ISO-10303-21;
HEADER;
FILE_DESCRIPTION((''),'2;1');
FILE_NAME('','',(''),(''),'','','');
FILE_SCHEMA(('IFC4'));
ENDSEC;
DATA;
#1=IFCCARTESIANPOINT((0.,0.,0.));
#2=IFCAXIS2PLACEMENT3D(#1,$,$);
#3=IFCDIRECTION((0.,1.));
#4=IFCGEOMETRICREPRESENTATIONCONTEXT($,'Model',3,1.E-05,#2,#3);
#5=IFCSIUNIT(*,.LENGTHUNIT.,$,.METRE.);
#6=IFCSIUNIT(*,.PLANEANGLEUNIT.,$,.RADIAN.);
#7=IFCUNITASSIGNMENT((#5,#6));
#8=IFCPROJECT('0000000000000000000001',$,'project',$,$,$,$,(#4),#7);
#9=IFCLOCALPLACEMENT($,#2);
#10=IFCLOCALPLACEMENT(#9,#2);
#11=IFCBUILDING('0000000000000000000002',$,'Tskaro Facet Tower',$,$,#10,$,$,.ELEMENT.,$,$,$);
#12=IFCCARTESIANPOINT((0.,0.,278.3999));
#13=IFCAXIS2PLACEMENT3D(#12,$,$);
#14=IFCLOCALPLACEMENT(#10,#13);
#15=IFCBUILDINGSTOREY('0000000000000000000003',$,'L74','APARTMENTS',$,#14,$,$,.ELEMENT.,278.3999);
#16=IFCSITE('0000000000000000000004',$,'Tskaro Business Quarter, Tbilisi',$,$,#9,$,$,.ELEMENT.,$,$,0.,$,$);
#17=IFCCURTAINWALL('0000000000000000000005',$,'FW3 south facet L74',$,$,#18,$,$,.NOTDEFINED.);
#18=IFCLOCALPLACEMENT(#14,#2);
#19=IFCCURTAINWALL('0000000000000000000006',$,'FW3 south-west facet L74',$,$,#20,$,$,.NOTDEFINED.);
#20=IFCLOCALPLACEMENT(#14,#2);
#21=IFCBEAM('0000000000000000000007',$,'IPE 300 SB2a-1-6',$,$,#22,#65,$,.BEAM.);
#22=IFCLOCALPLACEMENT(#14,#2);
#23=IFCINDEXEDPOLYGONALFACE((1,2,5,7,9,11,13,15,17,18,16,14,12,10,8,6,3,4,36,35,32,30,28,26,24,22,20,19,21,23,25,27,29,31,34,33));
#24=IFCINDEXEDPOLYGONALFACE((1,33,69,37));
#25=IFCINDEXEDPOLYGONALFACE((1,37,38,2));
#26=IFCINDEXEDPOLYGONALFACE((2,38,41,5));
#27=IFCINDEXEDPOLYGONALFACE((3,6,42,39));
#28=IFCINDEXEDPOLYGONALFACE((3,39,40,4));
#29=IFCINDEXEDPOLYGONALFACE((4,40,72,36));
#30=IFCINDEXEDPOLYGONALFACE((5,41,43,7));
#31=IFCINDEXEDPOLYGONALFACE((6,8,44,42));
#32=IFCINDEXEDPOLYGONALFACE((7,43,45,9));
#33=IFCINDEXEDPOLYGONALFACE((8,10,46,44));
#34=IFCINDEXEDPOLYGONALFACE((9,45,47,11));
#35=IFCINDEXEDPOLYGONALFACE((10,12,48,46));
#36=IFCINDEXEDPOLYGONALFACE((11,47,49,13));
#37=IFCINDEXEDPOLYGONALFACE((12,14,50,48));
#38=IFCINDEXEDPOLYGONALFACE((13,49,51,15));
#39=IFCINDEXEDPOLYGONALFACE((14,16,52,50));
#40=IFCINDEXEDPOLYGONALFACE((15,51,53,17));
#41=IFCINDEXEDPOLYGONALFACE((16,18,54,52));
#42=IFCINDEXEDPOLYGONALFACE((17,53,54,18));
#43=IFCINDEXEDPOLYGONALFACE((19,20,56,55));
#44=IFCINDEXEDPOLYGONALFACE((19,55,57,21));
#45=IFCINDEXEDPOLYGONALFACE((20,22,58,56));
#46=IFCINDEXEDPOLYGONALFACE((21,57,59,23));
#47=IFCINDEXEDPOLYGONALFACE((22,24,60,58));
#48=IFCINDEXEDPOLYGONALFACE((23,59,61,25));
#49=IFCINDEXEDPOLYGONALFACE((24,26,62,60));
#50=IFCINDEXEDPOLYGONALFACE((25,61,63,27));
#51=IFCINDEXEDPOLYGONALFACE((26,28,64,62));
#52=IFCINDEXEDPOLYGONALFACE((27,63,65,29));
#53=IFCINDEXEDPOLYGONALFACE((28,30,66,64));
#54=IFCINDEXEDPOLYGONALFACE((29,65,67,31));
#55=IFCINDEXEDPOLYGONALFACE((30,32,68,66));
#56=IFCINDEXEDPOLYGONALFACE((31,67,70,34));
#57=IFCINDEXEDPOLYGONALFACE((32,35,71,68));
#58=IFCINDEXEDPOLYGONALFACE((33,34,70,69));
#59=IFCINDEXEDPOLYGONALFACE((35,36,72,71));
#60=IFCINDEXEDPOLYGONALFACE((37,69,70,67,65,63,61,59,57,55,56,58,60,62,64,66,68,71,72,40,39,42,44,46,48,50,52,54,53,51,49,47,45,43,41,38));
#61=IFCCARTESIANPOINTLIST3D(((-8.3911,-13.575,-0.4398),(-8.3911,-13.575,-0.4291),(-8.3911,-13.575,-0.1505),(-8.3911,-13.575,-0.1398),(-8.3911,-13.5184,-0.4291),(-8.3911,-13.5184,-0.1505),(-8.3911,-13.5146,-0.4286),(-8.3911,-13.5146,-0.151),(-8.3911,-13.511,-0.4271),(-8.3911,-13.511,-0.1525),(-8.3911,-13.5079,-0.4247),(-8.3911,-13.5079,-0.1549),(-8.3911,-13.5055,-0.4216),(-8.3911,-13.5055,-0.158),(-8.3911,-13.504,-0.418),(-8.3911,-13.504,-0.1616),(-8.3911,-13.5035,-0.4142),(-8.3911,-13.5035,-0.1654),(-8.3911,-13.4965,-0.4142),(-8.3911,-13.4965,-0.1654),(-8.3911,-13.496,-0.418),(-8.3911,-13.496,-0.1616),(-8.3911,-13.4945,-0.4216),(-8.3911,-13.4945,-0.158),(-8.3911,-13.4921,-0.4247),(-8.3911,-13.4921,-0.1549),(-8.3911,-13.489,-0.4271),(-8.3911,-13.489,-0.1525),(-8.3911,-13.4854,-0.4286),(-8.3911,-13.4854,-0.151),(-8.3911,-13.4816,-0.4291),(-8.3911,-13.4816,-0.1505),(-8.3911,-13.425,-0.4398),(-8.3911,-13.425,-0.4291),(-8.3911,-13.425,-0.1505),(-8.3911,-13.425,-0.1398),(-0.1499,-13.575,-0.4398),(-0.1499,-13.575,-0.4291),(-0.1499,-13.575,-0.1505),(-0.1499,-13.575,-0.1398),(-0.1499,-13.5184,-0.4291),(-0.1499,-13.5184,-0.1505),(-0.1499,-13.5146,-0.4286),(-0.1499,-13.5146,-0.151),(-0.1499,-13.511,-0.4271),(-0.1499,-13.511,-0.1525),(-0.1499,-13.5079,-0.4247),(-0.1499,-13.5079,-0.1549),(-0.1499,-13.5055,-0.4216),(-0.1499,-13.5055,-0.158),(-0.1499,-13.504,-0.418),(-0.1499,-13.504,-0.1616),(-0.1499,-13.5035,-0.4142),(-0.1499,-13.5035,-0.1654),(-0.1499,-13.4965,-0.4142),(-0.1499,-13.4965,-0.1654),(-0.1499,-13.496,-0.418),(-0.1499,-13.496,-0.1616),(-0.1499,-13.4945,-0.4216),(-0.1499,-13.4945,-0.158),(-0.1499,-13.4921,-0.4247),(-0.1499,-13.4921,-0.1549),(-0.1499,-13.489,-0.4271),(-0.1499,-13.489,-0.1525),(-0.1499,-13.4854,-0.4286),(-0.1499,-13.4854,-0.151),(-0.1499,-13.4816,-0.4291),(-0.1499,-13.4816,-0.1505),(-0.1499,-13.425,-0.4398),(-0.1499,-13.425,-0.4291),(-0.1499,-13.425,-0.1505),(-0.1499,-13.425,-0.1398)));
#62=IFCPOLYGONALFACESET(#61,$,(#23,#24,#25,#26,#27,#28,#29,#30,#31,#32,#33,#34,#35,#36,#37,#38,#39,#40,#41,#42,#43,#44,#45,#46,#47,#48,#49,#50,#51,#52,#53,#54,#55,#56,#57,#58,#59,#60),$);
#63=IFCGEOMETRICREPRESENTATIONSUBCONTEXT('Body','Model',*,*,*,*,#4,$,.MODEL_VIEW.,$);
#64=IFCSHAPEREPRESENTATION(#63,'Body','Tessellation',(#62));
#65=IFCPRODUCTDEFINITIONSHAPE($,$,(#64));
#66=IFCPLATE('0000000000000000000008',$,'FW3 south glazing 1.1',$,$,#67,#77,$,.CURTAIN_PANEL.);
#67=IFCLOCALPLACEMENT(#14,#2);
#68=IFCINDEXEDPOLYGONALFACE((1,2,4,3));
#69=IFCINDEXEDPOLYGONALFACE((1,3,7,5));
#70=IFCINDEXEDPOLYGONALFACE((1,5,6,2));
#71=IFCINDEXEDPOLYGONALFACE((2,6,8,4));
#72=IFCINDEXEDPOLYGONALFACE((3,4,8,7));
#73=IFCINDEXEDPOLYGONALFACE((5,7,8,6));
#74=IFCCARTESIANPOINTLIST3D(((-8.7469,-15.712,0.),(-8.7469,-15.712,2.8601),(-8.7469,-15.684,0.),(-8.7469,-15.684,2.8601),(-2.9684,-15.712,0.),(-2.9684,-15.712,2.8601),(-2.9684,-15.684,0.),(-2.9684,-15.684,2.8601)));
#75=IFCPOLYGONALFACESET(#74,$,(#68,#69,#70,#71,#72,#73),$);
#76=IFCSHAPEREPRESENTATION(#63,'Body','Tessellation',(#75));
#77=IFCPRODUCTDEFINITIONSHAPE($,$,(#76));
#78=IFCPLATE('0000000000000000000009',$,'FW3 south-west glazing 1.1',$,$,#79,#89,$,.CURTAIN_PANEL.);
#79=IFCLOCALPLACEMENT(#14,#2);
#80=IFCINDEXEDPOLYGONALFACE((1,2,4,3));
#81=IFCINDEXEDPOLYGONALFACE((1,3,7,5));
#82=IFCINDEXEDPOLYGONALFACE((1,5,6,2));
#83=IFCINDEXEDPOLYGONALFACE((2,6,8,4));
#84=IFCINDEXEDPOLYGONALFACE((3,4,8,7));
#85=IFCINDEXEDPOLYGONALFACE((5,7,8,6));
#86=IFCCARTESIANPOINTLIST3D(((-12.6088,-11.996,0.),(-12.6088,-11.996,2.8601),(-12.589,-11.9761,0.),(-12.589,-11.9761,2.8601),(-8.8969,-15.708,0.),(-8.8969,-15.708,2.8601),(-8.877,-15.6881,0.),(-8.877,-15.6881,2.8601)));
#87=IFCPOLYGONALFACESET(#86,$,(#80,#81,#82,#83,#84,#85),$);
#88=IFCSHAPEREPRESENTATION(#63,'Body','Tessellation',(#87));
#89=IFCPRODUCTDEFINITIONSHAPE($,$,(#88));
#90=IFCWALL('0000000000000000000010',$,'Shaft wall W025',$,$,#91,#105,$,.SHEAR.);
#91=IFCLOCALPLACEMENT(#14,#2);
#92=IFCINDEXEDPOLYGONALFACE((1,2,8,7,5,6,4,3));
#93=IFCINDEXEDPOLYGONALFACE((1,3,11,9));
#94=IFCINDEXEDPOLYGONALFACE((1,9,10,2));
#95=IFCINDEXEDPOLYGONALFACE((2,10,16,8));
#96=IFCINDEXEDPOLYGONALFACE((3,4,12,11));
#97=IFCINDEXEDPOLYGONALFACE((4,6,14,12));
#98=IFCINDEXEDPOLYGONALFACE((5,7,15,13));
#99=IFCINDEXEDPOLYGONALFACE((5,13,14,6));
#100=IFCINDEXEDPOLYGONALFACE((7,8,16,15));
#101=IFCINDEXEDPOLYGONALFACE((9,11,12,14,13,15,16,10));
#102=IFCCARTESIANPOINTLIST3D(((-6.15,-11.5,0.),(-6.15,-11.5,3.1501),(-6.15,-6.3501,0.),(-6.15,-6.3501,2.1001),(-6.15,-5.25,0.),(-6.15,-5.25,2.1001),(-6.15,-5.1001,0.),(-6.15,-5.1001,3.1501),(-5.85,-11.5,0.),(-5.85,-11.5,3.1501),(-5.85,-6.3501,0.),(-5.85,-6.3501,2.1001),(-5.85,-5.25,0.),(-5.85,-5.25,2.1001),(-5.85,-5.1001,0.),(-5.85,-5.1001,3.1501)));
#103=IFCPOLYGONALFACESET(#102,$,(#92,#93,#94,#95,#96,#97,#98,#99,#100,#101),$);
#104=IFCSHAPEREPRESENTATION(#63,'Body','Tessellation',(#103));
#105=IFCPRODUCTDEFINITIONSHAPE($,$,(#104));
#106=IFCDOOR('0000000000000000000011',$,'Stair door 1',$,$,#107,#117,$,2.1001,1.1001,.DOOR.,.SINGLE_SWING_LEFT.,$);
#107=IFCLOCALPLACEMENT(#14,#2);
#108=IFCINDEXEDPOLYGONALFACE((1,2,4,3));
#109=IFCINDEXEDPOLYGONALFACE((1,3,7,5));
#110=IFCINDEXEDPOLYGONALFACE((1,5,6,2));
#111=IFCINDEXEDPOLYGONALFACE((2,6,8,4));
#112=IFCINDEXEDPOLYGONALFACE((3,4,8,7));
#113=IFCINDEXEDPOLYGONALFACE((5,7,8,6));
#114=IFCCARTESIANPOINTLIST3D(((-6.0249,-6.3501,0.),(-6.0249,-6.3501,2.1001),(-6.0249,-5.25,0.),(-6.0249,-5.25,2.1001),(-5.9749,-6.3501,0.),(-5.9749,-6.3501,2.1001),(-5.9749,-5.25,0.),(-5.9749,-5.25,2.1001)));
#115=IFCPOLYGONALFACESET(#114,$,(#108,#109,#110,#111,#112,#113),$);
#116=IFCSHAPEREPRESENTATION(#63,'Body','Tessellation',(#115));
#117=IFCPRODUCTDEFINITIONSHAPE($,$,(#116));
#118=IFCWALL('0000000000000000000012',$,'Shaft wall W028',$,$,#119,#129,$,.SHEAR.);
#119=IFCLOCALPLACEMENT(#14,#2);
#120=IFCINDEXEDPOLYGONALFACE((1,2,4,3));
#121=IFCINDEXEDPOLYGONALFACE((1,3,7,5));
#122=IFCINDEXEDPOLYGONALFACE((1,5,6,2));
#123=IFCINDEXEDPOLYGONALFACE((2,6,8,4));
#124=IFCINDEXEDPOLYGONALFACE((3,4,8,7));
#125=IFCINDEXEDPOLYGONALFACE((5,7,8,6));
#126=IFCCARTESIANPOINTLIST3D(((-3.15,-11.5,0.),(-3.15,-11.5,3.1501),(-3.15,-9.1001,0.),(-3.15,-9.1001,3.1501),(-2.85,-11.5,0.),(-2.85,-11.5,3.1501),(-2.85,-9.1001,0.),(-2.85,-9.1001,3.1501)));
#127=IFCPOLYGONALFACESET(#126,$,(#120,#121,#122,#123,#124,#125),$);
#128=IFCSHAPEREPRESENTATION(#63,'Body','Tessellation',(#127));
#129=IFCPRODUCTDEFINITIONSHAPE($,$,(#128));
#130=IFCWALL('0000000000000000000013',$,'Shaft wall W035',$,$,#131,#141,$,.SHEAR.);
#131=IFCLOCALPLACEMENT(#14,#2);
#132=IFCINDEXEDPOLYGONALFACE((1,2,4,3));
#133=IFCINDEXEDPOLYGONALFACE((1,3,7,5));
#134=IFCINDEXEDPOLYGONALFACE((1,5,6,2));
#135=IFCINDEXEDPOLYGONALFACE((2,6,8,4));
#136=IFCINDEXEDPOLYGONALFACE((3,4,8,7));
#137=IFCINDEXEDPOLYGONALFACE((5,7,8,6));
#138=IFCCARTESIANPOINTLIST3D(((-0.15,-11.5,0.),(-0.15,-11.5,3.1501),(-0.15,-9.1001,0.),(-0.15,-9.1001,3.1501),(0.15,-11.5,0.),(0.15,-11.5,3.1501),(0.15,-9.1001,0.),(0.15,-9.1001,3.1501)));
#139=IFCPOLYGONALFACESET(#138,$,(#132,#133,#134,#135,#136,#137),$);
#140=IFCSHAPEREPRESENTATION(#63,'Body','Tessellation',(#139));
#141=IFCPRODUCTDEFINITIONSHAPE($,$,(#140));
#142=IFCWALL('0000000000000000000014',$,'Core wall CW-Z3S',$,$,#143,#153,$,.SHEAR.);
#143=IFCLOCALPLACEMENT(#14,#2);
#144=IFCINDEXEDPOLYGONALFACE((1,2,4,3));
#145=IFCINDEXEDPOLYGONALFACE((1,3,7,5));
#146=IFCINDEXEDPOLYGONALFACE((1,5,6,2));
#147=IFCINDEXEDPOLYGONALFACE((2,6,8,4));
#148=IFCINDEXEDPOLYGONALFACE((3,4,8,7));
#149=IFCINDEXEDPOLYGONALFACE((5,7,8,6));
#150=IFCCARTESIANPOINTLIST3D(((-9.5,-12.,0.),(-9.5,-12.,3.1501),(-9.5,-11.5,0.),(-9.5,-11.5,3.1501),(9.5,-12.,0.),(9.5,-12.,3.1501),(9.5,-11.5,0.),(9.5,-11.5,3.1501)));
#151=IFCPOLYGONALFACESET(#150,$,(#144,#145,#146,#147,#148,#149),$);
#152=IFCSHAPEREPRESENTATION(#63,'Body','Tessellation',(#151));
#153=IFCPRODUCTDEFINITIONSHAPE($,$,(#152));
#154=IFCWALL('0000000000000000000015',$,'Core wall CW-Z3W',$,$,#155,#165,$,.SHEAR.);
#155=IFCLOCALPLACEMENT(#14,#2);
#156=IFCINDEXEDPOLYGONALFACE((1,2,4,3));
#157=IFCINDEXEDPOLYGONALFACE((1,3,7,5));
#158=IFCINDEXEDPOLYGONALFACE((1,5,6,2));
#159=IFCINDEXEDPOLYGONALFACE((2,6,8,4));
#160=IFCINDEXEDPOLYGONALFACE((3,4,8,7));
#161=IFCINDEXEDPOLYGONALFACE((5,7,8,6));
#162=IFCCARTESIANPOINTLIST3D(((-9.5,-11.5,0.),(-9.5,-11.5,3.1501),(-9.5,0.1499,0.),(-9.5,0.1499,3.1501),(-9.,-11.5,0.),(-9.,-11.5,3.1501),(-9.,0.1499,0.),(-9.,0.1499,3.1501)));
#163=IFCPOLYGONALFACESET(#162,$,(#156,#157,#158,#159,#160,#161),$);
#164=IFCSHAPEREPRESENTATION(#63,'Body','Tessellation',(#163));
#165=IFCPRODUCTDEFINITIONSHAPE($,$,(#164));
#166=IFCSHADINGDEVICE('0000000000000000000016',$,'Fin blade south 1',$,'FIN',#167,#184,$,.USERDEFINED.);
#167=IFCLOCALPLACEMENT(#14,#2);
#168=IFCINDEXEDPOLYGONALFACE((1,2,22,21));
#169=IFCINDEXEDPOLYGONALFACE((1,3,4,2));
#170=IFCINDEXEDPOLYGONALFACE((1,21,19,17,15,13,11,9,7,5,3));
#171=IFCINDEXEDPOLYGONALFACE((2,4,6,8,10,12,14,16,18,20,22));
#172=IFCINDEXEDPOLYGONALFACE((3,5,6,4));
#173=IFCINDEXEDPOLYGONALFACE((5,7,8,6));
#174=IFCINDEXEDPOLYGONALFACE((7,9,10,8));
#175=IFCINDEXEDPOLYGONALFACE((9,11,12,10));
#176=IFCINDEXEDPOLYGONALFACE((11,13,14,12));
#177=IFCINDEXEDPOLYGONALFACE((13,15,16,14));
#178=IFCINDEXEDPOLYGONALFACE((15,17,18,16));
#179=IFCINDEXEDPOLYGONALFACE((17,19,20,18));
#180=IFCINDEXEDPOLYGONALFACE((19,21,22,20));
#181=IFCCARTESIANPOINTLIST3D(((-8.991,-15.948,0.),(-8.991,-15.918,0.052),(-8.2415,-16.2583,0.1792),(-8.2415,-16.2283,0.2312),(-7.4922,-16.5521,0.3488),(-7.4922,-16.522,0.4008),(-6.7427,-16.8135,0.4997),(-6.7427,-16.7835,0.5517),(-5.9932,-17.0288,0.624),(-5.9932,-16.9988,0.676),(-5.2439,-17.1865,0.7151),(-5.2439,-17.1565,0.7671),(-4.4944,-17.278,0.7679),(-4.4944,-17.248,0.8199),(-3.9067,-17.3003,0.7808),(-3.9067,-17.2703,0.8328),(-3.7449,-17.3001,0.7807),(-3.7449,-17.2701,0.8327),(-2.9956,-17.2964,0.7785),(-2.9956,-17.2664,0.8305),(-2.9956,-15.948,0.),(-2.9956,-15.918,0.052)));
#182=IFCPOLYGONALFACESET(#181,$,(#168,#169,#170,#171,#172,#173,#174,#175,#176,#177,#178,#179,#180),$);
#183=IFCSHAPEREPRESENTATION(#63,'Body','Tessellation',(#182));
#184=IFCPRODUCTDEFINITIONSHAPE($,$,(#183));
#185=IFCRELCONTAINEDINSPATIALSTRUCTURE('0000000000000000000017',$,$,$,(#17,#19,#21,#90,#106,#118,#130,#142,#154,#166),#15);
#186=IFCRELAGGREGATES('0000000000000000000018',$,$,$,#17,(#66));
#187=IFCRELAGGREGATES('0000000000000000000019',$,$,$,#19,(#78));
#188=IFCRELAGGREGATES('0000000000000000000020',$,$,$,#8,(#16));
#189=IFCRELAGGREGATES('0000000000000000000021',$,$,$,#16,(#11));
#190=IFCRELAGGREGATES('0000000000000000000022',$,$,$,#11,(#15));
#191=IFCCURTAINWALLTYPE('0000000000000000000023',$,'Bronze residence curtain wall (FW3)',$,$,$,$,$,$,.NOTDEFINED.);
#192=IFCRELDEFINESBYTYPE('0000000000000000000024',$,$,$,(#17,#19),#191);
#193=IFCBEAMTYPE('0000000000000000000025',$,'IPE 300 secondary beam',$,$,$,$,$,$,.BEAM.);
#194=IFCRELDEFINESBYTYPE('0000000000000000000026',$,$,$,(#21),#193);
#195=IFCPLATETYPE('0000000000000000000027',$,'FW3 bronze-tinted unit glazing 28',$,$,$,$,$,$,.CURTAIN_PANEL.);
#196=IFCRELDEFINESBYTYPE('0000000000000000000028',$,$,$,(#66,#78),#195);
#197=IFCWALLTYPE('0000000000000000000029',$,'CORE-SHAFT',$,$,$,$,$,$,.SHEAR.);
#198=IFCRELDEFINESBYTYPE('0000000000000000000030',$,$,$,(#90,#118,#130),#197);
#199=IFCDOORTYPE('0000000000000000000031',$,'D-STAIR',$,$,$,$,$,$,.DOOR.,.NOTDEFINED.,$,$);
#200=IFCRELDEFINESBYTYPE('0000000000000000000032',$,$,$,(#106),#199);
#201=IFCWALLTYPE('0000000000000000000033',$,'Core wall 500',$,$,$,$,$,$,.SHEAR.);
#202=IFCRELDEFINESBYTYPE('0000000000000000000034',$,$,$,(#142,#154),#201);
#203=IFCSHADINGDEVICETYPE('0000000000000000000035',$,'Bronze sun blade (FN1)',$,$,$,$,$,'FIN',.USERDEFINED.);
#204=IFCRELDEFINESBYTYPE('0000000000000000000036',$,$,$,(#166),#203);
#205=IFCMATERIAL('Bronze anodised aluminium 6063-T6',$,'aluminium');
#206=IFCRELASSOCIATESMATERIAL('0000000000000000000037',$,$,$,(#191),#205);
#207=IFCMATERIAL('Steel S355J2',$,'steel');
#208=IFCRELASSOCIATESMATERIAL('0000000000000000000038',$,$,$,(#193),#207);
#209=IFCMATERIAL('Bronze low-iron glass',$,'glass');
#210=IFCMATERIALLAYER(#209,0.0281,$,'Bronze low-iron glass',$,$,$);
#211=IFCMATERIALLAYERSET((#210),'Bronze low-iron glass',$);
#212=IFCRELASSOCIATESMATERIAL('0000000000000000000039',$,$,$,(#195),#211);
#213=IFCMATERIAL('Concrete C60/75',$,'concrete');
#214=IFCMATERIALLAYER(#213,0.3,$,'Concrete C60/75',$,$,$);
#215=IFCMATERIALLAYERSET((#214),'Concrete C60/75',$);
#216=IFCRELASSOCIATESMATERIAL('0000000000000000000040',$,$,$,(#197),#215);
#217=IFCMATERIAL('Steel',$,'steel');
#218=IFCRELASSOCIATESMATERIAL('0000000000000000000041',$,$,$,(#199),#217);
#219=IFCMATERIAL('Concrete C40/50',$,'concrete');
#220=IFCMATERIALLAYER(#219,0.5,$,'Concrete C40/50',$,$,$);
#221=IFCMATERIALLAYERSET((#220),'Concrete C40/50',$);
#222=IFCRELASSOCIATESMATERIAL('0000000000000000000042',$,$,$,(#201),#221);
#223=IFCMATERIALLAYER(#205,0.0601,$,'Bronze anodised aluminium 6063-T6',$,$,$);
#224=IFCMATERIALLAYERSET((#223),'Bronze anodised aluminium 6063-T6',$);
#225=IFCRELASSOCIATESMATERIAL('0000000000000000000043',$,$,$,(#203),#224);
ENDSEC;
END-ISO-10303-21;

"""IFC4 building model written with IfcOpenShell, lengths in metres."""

from ifc_helpers import new_model, si_unit, direction, frame, frame_2d, origin, origin_2d, place, context, subcontext, project, spatial, polyline, rectangle, i_section, outline, extrude, material, layer, layer_set, material_profile, profile_set, type_object, element, fill, aggregate, save


model = new_model("IFC4")

# Units and contexts
model_context = context("Model", 3, precision=1e-05, world=origin(), true_north=direction((0.0, 1.0)))
body_context = subcontext(model_context, "Body", "Model", "MODEL_VIEW")
ifc_project = project(units=[si_unit("LENGTHUNIT", "METRE"), si_unit("PLANEANGLEUNIT", "RADIAN")], contexts=[model_context])

# Site, building, storey
site_placement = place(None, origin())
site = spatial("IfcSite", under=ifc_project, at=site_placement, Name="Tskaro Business Quarter, Tbilisi", CompositionType="ELEMENT", RefElevation=0.0)
building_placement = place(site_placement, origin())
building = spatial("IfcBuilding", under=site, at=building_placement, Name="Tskaro Facet Tower", CompositionType="ELEMENT")
storey_placement = place(building_placement, frame((0.0, 0.0, 278.3999)))
storey = spatial("IfcBuildingStorey", under=building, at=storey_placement, Name="L74", Description="APARTMENTS", CompositionType="ELEMENT", Elevation=278.3999)

# Shared definitions
ifc_material_1 = material(Name="Steel S355J2", Category="steel")

# Curtain walls
ifc_material_2 = material(Name="Bronze anodised aluminium 6063-T6", Category="aluminium")
curtain_wall_type = type_object("IfcCurtainWallType", Name="Bronze residence curtain wall (FW3)", PredefinedType="NOTDEFINED", material=ifc_material_2)
curtain_wall_1_placement = place(storey_placement, origin())
curtain_wall_1 = element("IfcCurtainWall", 1, at=curtain_wall_1_placement, inside=storey, type_object=curtain_wall_type, Name="FW3 south facet L74", PredefinedType="NOTDEFINED")
curtain_wall_2_placement = place(storey_placement, origin())
curtain_wall_2 = element("IfcCurtainWall", 2, at=curtain_wall_2_placement, inside=storey, type_object=curtain_wall_type, Name="FW3 south-west facet L74", PredefinedType="NOTDEFINED")

# Beam
ifc_material_profile_1 = material_profile(ifc_material_1, i_section(OverallWidth=0.1499, OverallDepth=0.3, WebThickness=0.0071, FlangeThickness=0.0107, FilletRadius=0.0149, at=origin_2d()), Name="IPE 300")
ifc_profile_set_1 = profile_set([ifc_material_profile_1], Name="Steel S355J2")
beam_type_1 = type_object("IfcBeamType", Name="IPE 300 secondary beam", PredefinedType="BEAM", material=ifc_profile_set_1)
beam_1_placement = place(storey_placement, frame((-8.3911, -13.5, -0.2898), z_axis=(1.0, 0.0, 0.0), x_axis=(0.0, 1.0, 0.0)))
element("IfcBeam", 3, at=beam_1_placement, inside=storey, type_object=beam_type_1, Name="IPE 300 SB2a-1-6", PredefinedType="BEAM", context=body_context, shape_type="SweptSolid", body=[
    extrude(i_section(OverallWidth=0.1499, OverallDepth=0.3, WebThickness=0.0071, FlangeThickness=0.0107, FilletRadius=0.0149, at=origin_2d()), origin(), (0.0, 0.0, 1.0), 8.2412),
])

# Plates
ifc_material_3 = material(Name="Bronze low-iron glass", Category="glass")
ifc_layer_1 = layer(ifc_material_3, 0.0281, Name="Bronze low-iron glass")
ifc_layer_set_1 = layer_set([ifc_layer_1], Name="Bronze low-iron glass")
plate_type = type_object("IfcPlateType", Name="FW3 bronze-tinted unit glazing 28", PredefinedType="CURTAIN_PANEL", material=ifc_layer_set_1)
plate_1_placement = place(storey_placement, frame((-5.8577, -15.698, 0.0), z_axis=(0.0, 0.0, 1.0), x_axis=(1.0, 0.0, 0.0)))
plate_1 = element("IfcPlate", 4, at=plate_1_placement, type_object=plate_type, Name="FW3 south glazing 1.1", PredefinedType="CURTAIN_PANEL", context=body_context, shape_type="SweptSolid", body=[
    extrude(rectangle(XDim=5.7786, YDim=0.0281, at=origin_2d()), origin(), (0.0, 0.0, 1.0), 2.8601),
])
aggregate(curtain_wall_1, [plate_1])
plate_2_placement = place(storey_placement, frame((-10.7429, -13.842, 0.0), z_axis=(0.0, 0.0, 1.0), x_axis=(0.707107, -0.707107, 0.0)))
plate_2 = element("IfcPlate", 5, at=plate_2_placement, type_object=plate_type, Name="FW3 south-west glazing 1.1", PredefinedType="CURTAIN_PANEL", context=body_context, shape_type="SweptSolid", body=[
    extrude(rectangle(XDim=5.2495, YDim=0.0281, at=origin_2d()), origin(), (0.0, 0.0, 1.0), 2.8601),
])
aggregate(curtain_wall_2, [plate_2])

# Wall, opening, door
ifc_material_4 = material(Name="Concrete C60/75", Category="concrete")
ifc_layer_2 = layer(ifc_material_4, 0.3, Name="Concrete C60/75")
ifc_layer_set_2 = layer_set([ifc_layer_2], Name="Concrete C60/75")
wall_type_1 = type_object("IfcWallType", Name="CORE-SHAFT", PredefinedType="SHEAR", material=ifc_layer_set_2)
wall_1_placement = place(storey_placement, frame((-6.0, -11.5, 0.0), z_axis=(0.0, 0.0, 1.0), x_axis=(0.0, 1.0, 0.0)))
wall_1 = element("IfcWall", 6, at=wall_1_placement, inside=storey, type_object=wall_type_1, Name="Shaft wall W025", PredefinedType="SHEAR", context=body_context, shape_type="SweptSolid", body=[
    extrude(rectangle(XDim=6.3999, YDim=0.3, at=frame_2d((3.2, 0.0))), origin(), (0.0, 0.0, 1.0), 3.1501),
])
opening_placement = place(wall_1_placement, frame((5.1499, 0.0, 0.0)))
opening = element("IfcOpeningElement", 7, at=opening_placement, cuts=wall_1, PredefinedType="OPENING", context=body_context, shape_type="SweptSolid", body=[
    extrude(rectangle(XDim=1.1001, YDim=2.1001, at=frame_2d((0.55, 1.05))), frame((0.0, 0.1599, 0.0), z_axis=(0.0, -1.0, 0.0), x_axis=(1.0, 0.0, 0.0)), (0.0, 0.0, 1.0), 0.3201),
])
ifc_material_5 = material(Name="Steel", Category="steel")
door_type = type_object("IfcDoorType", Name="D-STAIR", OperationType="NOTDEFINED", PredefinedType="DOOR", material=ifc_material_5)
door_placement = place(opening_placement, origin())
door = element("IfcDoor", 8, at=door_placement, inside=storey, type_object=door_type, Name="Stair door 1", OperationType="SINGLE_SWING_LEFT", OverallHeight=2.1001, OverallWidth=1.1001, PredefinedType="DOOR", context=body_context, shape_type="SweptSolid", body=[
    extrude(rectangle(XDim=1.1001, YDim=2.1001, at=frame_2d((0.55, 1.05))), frame((0.0, 0.0249, 0.0), z_axis=(0.0, -1.0, 0.0), x_axis=(1.0, 0.0, 0.0)), (0.0, 0.0, 1.0), 0.05),
])
fill(opening, door)

# Walls
for number, where, z_axis, x_axis, name in (
    (9, (-3.0, -11.5, 0.0), (0.0, 0.0, 1.0), (0.0, 1.0, 0.0), "Shaft wall W028"),
    (10, (0.0, -11.5, 0.0), (0.0, 0.0, 1.0), (0.0, 1.0, 0.0), "Shaft wall W035"),
):
    element("IfcWall", number, at=place(storey_placement, frame(where, z_axis=z_axis, x_axis=x_axis)), inside=storey, type_object=wall_type_1, Name=name, PredefinedType="SHEAR", context=body_context, shape_type="SweptSolid", body=[
        extrude(rectangle(XDim=2.3999, YDim=0.3, at=frame_2d((1.2, 0.0))), origin(), (0.0, 0.0, 1.0), 3.1501),
    ])
ifc_material_6 = material(Name="Concrete C40/50", Category="concrete")
ifc_layer_3 = layer(ifc_material_6, 0.5, Name="Concrete C40/50")
ifc_layer_set_3 = layer_set([ifc_layer_3], Name="Concrete C40/50")
wall_type_2 = type_object("IfcWallType", Name="Core wall 500", PredefinedType="SHEAR", material=ifc_layer_set_3)
wall_2_placement = place(storey_placement, frame((-9.5, -11.75, 0.0), z_axis=(0.0, 0.0, 1.0), x_axis=(1.0, 0.0, 0.0)))
element("IfcWall", 11, at=wall_2_placement, inside=storey, type_object=wall_type_2, Name="Core wall CW-Z3S", PredefinedType="SHEAR", context=body_context, shape_type="SweptSolid", body=[
    extrude(rectangle(XDim=19.0, YDim=0.5, at=frame_2d((9.5, 0.0))), origin(), (0.0, 0.0, 1.0), 3.1501),
])
wall_3_placement = place(storey_placement, frame((-9.25, -11.5, 0.0), z_axis=(0.0, 0.0, 1.0), x_axis=(0.0, 1.0, 0.0)))
element("IfcWall", 12, at=wall_3_placement, inside=storey, type_object=wall_type_2, Name="Core wall CW-Z3W", PredefinedType="SHEAR", context=body_context, shape_type="SweptSolid", body=[
    extrude(rectangle(XDim=11.6499, YDim=0.5, at=frame_2d((5.825, 0.0))), origin(), (0.0, 0.0, 1.0), 3.1501),
])

# Shading device
ifc_layer_4 = layer(ifc_material_2, 0.0601, Name="Bronze anodised aluminium 6063-T6")
ifc_layer_set_4 = layer_set([ifc_layer_4], Name="Bronze anodised aluminium 6063-T6")
shading_device_type = type_object("IfcShadingDeviceType", Name="Bronze sun blade (FN1)", ElementType="FIN", PredefinedType="USERDEFINED", material=ifc_layer_set_4)
shading_device_1_placement = place(storey_placement, frame((-8.991, -15.918, 0.052), z_axis=(0.000004, 0.500032, 0.866007), x_axis=(1.0, -0.000002, -0.000003)))
element("IfcShadingDevice", 13, at=shading_device_1_placement, inside=storey, type_object=shading_device_type, Name="Fin blade south 1", ObjectType="FIN", PredefinedType="USERDEFINED", context=body_context, shape_type="SweptSolid", body=[
    extrude(outline(polyline([(0.0, 0.0), (5.9954, 0.0), (5.9954, -1.557), (5.2461, -1.5613), (5.0842, -1.5615), (4.4966, -1.5358), (3.7471, -1.4301), (2.9978, -1.248), (2.2483, -0.9994), (1.4988, -0.6975), (0.7495, -0.3583), (0.0, 0.0)])), origin(), (0.0, 0.0, -1.0), 0.0601),
])

save(model, "model.ifc")
